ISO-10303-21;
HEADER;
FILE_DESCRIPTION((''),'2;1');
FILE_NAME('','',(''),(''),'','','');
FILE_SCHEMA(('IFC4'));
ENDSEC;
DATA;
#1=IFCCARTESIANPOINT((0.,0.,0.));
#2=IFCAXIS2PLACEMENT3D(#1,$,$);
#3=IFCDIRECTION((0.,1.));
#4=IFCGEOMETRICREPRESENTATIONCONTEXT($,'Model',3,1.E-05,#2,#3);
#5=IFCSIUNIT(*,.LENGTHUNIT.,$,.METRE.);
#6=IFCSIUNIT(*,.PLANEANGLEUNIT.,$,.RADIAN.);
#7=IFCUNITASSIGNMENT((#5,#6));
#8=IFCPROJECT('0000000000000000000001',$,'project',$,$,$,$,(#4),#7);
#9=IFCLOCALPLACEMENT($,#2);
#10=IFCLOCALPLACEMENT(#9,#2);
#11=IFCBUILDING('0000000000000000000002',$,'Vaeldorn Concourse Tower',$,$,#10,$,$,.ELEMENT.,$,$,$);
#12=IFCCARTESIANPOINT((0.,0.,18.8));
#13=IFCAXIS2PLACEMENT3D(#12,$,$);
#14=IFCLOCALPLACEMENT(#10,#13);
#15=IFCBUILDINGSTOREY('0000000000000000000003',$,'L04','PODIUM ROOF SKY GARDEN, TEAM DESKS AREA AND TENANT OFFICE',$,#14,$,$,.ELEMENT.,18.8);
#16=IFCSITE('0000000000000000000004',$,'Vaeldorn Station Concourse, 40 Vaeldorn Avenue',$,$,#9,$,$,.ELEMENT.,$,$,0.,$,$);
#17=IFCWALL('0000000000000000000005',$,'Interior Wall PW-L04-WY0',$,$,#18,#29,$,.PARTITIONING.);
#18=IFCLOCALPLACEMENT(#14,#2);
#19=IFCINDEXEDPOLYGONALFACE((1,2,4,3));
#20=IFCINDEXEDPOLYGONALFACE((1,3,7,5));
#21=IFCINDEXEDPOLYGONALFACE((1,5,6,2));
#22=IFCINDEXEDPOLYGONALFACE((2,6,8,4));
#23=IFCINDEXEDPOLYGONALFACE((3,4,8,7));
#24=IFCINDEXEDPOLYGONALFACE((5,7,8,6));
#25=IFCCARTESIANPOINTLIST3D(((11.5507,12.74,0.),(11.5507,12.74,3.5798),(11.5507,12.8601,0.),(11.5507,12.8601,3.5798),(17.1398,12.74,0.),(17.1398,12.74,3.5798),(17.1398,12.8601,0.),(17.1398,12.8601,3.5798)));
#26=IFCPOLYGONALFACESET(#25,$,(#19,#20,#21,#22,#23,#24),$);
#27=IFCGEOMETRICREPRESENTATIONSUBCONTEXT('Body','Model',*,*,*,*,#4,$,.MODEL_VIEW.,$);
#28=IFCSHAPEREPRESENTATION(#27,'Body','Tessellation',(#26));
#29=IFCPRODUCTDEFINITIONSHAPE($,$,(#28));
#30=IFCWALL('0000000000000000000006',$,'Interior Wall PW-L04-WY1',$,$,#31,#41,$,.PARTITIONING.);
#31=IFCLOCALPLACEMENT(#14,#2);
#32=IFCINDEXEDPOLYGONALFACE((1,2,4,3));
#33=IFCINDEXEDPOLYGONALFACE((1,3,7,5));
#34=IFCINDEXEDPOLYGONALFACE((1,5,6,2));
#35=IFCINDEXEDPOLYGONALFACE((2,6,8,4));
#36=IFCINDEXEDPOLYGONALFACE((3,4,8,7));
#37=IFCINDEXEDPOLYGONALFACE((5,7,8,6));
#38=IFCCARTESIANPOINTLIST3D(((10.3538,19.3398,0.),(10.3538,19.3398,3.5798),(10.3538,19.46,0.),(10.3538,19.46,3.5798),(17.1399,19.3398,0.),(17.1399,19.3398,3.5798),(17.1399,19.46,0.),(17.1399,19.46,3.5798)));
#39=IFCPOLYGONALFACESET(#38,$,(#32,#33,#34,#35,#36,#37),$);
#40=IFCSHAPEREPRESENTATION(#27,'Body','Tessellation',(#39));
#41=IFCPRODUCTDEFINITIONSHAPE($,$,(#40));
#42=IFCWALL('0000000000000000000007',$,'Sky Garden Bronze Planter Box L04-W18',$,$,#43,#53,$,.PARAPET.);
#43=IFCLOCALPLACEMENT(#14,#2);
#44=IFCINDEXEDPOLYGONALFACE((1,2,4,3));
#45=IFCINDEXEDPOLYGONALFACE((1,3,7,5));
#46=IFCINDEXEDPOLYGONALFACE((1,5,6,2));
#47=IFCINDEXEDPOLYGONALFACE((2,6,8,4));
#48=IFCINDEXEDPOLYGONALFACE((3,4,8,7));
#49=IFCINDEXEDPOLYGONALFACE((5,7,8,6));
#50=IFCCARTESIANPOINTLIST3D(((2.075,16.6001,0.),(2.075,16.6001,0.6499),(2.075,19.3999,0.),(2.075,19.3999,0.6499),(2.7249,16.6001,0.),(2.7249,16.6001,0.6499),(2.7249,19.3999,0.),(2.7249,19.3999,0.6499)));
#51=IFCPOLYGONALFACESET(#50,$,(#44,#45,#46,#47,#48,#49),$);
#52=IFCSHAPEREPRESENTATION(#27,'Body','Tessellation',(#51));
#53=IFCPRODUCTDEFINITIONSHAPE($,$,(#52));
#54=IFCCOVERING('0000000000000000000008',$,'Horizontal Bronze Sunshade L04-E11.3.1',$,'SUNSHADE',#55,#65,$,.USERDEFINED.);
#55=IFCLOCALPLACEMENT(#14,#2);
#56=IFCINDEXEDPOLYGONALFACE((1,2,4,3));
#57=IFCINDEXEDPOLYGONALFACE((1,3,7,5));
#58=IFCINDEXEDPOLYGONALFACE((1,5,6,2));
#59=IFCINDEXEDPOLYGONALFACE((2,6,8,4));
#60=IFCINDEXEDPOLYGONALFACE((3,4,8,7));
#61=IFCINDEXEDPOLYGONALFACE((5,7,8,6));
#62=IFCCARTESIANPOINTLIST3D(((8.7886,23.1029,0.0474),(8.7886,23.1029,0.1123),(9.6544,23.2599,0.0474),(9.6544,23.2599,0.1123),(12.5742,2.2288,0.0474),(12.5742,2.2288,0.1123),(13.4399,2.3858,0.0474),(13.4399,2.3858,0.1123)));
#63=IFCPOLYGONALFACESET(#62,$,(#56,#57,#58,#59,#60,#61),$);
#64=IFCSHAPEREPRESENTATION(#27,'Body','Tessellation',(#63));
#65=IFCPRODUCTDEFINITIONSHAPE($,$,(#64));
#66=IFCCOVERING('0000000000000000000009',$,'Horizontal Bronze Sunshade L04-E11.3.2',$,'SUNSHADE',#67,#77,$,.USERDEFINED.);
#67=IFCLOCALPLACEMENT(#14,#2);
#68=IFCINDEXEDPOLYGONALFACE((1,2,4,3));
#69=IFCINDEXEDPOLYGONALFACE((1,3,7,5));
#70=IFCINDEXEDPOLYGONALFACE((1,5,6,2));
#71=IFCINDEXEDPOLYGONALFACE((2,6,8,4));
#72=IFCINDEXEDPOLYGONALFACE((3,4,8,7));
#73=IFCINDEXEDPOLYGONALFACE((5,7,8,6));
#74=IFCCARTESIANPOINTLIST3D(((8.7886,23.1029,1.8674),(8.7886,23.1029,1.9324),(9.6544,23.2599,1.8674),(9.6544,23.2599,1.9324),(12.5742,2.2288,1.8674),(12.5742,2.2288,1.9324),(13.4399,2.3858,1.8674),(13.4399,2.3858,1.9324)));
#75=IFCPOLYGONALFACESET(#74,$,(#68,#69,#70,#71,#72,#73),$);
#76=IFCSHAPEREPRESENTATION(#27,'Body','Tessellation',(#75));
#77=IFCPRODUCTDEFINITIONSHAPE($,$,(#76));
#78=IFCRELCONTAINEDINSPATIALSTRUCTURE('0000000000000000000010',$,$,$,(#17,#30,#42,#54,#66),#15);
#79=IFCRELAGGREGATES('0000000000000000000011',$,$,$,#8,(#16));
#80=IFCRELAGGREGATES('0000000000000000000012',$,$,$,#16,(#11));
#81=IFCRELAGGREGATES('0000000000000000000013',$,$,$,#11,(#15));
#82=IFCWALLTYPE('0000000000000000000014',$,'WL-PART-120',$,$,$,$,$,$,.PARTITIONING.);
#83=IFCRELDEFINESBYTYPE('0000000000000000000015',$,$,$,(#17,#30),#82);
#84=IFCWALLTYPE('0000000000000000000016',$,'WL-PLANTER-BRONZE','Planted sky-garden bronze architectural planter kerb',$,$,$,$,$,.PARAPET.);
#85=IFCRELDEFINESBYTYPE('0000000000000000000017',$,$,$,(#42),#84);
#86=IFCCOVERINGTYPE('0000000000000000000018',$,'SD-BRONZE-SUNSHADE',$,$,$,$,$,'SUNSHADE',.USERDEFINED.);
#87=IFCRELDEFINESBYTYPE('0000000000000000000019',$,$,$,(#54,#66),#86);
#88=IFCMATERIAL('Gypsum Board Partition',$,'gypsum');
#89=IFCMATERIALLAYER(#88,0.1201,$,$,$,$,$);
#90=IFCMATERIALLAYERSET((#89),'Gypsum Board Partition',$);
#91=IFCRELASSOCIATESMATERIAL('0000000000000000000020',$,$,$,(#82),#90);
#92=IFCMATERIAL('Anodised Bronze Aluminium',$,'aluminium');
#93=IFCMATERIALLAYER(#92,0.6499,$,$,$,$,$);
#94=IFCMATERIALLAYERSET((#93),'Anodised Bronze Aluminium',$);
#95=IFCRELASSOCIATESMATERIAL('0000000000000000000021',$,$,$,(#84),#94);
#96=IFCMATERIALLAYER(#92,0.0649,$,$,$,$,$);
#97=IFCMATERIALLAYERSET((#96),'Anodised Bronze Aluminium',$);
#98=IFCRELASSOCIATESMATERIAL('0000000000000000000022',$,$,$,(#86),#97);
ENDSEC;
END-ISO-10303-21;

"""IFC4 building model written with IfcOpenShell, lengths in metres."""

from ifc_helpers import new_model, si_unit, direction, frame, frame_2d, origin, origin_2d, place, context, subcontext, project, spatial, rectangle, extrude, source, transform, mapped, material, layer, layer_set, type_object, element, save


model = new_model("IFC4")

# Units and contexts
model_context = context("Model", 3, precision=1e-05, world=origin(), true_north=direction((0.0, 1.0)))
body_context = subcontext(model_context, "Body", "Model", "MODEL_VIEW")
ifc_project = project(units=[si_unit("LENGTHUNIT", "METRE"), si_unit("PLANEANGLEUNIT", "RADIAN")], contexts=[model_context])

# Site, building, storey
site_placement = place(None, origin())
site = spatial("IfcSite", under=ifc_project, at=site_placement, Name="Vaeldorn Station Concourse, 40 Vaeldorn Avenue", CompositionType="ELEMENT", RefElevation=0.0)
building_placement = place(site_placement, origin())
building = spatial("IfcBuilding", under=site, at=building_placement, Name="Vaeldorn Concourse Tower", CompositionType="ELEMENT")
storey_placement = place(building_placement, frame((0.0, 0.0, 18.8)))
storey = spatial("IfcBuildingStorey", under=building, at=storey_placement, Name="L04", Description="PODIUM ROOF SKY GARDEN, TEAM DESKS AREA AND TENANT OFFICE", CompositionType="ELEMENT", Elevation=18.8)

# Shared definitions
ifc_material_1 = material(Name="Anodised Bronze Aluminium", Category="aluminium")

# Walls
ifc_material_2 = material(Name="Gypsum Board Partition", Category="gypsum")
ifc_layer_1 = layer(ifc_material_2, 0.1201)
ifc_layer_set_1 = layer_set([ifc_layer_1], Name="Gypsum Board Partition")
wall_type_1 = type_object("IfcWallType", Name="WL-PART-120", PredefinedType="PARTITIONING", material=ifc_layer_set_1)
wall_1_placement = place(storey_placement, frame((11.5508, 12.8, 0.0), z_axis=(0.0, 0.0, 1.0), x_axis=(1.0, 0.0, 0.0)))
element("IfcWall", 1, at=wall_1_placement, inside=storey, type_object=wall_type_1, Name="Interior Wall PW-L04-WY0", PredefinedType="PARTITIONING", context=body_context, shape_type="SweptSolid", body=[
    extrude(rectangle(XDim=5.5891, YDim=0.1201, at=frame_2d((2.7944, 0.0))), origin(), (0.0, 0.0, 1.0), 3.5798),
])
wall_2_placement = place(storey_placement, frame((10.3538, 19.3999, 0.0), z_axis=(0.0, 0.0, 1.0), x_axis=(1.0, 0.0, 0.0)))
element("IfcWall", 2, at=wall_2_placement, inside=storey, type_object=wall_type_1, Name="Interior Wall PW-L04-WY1", PredefinedType="PARTITIONING", context=body_context, shape_type="SweptSolid", body=[
    extrude(rectangle(XDim=6.7861, YDim=0.1201, at=frame_2d((3.3931, 0.0))), origin(), (0.0, 0.0, 1.0), 3.5798),
])
ifc_layer_2 = layer(ifc_material_1, 0.6499)
ifc_layer_set_2 = layer_set([ifc_layer_2], Name="Anodised Bronze Aluminium")
wall_type_2 = type_object("IfcWallType", Name="WL-PLANTER-BRONZE", Description="Planted sky-garden bronze architectural planter kerb", PredefinedType="PARAPET", material=ifc_layer_set_2)
wall_3_placement = place(storey_placement, frame((2.3999, 16.6001, 0.0), z_axis=(0.0, 0.0, 1.0), x_axis=(0.0, 1.0, 0.0)))
element("IfcWall", 3, at=wall_3_placement, inside=storey, type_object=wall_type_2, Name="Sky Garden Bronze Planter Box L04-W18", PredefinedType="PARAPET", context=body_context, shape_type="SweptSolid", body=[
    extrude(rectangle(XDim=2.7998, YDim=0.6499, at=frame_2d((1.3999, 0.0))), origin(), (0.0, 0.0, 1.0), 0.6499),
])

# Coverings
ifc_layer_3 = layer(ifc_material_1, 0.0649)
ifc_layer_set_3 = layer_set([ifc_layer_3], Name="Anodised Bronze Aluminium")
covering_type = type_object("IfcCoveringType", Name="SD-BRONZE-SUNSHADE", ElementType="SUNSHADE", PredefinedType="USERDEFINED", material=ifc_layer_set_3)
shared_shape_1 = source(origin(), body_context, "Body", "SweptSolid", [
    extrude(rectangle(XDim=21.2146, YDim=0.8799, at=origin_2d()), origin(), (0.0, 0.0, 1.0), 0.0649),
])
for number, where, z_axis, x_axis, name in (
    (4, (11.1143, 12.7444, 0.0474), (0.0, 0.0, 1.0), (0.178442, -0.983951, 0.0), "Horizontal Bronze Sunshade L04-E11.3.1"),
    (5, (11.1143, 12.7444, 1.8674), (0.0, 0.0, 1.0), (0.178442, -0.983951, 0.0), "Horizontal Bronze Sunshade L04-E11.3.2"),
):
    element("IfcCovering", number, at=place(storey_placement, frame(where, z_axis=z_axis, x_axis=x_axis)), inside=storey, type_object=covering_type, Name=name, ObjectType="SUNSHADE", PredefinedType="USERDEFINED", context=body_context, shape_type="MappedRepresentation", body=[
        mapped(shared_shape_1, transform((0.0, 0.0, 0.0), scale=1.0)),
    ])

save(model, "model.ifc")
